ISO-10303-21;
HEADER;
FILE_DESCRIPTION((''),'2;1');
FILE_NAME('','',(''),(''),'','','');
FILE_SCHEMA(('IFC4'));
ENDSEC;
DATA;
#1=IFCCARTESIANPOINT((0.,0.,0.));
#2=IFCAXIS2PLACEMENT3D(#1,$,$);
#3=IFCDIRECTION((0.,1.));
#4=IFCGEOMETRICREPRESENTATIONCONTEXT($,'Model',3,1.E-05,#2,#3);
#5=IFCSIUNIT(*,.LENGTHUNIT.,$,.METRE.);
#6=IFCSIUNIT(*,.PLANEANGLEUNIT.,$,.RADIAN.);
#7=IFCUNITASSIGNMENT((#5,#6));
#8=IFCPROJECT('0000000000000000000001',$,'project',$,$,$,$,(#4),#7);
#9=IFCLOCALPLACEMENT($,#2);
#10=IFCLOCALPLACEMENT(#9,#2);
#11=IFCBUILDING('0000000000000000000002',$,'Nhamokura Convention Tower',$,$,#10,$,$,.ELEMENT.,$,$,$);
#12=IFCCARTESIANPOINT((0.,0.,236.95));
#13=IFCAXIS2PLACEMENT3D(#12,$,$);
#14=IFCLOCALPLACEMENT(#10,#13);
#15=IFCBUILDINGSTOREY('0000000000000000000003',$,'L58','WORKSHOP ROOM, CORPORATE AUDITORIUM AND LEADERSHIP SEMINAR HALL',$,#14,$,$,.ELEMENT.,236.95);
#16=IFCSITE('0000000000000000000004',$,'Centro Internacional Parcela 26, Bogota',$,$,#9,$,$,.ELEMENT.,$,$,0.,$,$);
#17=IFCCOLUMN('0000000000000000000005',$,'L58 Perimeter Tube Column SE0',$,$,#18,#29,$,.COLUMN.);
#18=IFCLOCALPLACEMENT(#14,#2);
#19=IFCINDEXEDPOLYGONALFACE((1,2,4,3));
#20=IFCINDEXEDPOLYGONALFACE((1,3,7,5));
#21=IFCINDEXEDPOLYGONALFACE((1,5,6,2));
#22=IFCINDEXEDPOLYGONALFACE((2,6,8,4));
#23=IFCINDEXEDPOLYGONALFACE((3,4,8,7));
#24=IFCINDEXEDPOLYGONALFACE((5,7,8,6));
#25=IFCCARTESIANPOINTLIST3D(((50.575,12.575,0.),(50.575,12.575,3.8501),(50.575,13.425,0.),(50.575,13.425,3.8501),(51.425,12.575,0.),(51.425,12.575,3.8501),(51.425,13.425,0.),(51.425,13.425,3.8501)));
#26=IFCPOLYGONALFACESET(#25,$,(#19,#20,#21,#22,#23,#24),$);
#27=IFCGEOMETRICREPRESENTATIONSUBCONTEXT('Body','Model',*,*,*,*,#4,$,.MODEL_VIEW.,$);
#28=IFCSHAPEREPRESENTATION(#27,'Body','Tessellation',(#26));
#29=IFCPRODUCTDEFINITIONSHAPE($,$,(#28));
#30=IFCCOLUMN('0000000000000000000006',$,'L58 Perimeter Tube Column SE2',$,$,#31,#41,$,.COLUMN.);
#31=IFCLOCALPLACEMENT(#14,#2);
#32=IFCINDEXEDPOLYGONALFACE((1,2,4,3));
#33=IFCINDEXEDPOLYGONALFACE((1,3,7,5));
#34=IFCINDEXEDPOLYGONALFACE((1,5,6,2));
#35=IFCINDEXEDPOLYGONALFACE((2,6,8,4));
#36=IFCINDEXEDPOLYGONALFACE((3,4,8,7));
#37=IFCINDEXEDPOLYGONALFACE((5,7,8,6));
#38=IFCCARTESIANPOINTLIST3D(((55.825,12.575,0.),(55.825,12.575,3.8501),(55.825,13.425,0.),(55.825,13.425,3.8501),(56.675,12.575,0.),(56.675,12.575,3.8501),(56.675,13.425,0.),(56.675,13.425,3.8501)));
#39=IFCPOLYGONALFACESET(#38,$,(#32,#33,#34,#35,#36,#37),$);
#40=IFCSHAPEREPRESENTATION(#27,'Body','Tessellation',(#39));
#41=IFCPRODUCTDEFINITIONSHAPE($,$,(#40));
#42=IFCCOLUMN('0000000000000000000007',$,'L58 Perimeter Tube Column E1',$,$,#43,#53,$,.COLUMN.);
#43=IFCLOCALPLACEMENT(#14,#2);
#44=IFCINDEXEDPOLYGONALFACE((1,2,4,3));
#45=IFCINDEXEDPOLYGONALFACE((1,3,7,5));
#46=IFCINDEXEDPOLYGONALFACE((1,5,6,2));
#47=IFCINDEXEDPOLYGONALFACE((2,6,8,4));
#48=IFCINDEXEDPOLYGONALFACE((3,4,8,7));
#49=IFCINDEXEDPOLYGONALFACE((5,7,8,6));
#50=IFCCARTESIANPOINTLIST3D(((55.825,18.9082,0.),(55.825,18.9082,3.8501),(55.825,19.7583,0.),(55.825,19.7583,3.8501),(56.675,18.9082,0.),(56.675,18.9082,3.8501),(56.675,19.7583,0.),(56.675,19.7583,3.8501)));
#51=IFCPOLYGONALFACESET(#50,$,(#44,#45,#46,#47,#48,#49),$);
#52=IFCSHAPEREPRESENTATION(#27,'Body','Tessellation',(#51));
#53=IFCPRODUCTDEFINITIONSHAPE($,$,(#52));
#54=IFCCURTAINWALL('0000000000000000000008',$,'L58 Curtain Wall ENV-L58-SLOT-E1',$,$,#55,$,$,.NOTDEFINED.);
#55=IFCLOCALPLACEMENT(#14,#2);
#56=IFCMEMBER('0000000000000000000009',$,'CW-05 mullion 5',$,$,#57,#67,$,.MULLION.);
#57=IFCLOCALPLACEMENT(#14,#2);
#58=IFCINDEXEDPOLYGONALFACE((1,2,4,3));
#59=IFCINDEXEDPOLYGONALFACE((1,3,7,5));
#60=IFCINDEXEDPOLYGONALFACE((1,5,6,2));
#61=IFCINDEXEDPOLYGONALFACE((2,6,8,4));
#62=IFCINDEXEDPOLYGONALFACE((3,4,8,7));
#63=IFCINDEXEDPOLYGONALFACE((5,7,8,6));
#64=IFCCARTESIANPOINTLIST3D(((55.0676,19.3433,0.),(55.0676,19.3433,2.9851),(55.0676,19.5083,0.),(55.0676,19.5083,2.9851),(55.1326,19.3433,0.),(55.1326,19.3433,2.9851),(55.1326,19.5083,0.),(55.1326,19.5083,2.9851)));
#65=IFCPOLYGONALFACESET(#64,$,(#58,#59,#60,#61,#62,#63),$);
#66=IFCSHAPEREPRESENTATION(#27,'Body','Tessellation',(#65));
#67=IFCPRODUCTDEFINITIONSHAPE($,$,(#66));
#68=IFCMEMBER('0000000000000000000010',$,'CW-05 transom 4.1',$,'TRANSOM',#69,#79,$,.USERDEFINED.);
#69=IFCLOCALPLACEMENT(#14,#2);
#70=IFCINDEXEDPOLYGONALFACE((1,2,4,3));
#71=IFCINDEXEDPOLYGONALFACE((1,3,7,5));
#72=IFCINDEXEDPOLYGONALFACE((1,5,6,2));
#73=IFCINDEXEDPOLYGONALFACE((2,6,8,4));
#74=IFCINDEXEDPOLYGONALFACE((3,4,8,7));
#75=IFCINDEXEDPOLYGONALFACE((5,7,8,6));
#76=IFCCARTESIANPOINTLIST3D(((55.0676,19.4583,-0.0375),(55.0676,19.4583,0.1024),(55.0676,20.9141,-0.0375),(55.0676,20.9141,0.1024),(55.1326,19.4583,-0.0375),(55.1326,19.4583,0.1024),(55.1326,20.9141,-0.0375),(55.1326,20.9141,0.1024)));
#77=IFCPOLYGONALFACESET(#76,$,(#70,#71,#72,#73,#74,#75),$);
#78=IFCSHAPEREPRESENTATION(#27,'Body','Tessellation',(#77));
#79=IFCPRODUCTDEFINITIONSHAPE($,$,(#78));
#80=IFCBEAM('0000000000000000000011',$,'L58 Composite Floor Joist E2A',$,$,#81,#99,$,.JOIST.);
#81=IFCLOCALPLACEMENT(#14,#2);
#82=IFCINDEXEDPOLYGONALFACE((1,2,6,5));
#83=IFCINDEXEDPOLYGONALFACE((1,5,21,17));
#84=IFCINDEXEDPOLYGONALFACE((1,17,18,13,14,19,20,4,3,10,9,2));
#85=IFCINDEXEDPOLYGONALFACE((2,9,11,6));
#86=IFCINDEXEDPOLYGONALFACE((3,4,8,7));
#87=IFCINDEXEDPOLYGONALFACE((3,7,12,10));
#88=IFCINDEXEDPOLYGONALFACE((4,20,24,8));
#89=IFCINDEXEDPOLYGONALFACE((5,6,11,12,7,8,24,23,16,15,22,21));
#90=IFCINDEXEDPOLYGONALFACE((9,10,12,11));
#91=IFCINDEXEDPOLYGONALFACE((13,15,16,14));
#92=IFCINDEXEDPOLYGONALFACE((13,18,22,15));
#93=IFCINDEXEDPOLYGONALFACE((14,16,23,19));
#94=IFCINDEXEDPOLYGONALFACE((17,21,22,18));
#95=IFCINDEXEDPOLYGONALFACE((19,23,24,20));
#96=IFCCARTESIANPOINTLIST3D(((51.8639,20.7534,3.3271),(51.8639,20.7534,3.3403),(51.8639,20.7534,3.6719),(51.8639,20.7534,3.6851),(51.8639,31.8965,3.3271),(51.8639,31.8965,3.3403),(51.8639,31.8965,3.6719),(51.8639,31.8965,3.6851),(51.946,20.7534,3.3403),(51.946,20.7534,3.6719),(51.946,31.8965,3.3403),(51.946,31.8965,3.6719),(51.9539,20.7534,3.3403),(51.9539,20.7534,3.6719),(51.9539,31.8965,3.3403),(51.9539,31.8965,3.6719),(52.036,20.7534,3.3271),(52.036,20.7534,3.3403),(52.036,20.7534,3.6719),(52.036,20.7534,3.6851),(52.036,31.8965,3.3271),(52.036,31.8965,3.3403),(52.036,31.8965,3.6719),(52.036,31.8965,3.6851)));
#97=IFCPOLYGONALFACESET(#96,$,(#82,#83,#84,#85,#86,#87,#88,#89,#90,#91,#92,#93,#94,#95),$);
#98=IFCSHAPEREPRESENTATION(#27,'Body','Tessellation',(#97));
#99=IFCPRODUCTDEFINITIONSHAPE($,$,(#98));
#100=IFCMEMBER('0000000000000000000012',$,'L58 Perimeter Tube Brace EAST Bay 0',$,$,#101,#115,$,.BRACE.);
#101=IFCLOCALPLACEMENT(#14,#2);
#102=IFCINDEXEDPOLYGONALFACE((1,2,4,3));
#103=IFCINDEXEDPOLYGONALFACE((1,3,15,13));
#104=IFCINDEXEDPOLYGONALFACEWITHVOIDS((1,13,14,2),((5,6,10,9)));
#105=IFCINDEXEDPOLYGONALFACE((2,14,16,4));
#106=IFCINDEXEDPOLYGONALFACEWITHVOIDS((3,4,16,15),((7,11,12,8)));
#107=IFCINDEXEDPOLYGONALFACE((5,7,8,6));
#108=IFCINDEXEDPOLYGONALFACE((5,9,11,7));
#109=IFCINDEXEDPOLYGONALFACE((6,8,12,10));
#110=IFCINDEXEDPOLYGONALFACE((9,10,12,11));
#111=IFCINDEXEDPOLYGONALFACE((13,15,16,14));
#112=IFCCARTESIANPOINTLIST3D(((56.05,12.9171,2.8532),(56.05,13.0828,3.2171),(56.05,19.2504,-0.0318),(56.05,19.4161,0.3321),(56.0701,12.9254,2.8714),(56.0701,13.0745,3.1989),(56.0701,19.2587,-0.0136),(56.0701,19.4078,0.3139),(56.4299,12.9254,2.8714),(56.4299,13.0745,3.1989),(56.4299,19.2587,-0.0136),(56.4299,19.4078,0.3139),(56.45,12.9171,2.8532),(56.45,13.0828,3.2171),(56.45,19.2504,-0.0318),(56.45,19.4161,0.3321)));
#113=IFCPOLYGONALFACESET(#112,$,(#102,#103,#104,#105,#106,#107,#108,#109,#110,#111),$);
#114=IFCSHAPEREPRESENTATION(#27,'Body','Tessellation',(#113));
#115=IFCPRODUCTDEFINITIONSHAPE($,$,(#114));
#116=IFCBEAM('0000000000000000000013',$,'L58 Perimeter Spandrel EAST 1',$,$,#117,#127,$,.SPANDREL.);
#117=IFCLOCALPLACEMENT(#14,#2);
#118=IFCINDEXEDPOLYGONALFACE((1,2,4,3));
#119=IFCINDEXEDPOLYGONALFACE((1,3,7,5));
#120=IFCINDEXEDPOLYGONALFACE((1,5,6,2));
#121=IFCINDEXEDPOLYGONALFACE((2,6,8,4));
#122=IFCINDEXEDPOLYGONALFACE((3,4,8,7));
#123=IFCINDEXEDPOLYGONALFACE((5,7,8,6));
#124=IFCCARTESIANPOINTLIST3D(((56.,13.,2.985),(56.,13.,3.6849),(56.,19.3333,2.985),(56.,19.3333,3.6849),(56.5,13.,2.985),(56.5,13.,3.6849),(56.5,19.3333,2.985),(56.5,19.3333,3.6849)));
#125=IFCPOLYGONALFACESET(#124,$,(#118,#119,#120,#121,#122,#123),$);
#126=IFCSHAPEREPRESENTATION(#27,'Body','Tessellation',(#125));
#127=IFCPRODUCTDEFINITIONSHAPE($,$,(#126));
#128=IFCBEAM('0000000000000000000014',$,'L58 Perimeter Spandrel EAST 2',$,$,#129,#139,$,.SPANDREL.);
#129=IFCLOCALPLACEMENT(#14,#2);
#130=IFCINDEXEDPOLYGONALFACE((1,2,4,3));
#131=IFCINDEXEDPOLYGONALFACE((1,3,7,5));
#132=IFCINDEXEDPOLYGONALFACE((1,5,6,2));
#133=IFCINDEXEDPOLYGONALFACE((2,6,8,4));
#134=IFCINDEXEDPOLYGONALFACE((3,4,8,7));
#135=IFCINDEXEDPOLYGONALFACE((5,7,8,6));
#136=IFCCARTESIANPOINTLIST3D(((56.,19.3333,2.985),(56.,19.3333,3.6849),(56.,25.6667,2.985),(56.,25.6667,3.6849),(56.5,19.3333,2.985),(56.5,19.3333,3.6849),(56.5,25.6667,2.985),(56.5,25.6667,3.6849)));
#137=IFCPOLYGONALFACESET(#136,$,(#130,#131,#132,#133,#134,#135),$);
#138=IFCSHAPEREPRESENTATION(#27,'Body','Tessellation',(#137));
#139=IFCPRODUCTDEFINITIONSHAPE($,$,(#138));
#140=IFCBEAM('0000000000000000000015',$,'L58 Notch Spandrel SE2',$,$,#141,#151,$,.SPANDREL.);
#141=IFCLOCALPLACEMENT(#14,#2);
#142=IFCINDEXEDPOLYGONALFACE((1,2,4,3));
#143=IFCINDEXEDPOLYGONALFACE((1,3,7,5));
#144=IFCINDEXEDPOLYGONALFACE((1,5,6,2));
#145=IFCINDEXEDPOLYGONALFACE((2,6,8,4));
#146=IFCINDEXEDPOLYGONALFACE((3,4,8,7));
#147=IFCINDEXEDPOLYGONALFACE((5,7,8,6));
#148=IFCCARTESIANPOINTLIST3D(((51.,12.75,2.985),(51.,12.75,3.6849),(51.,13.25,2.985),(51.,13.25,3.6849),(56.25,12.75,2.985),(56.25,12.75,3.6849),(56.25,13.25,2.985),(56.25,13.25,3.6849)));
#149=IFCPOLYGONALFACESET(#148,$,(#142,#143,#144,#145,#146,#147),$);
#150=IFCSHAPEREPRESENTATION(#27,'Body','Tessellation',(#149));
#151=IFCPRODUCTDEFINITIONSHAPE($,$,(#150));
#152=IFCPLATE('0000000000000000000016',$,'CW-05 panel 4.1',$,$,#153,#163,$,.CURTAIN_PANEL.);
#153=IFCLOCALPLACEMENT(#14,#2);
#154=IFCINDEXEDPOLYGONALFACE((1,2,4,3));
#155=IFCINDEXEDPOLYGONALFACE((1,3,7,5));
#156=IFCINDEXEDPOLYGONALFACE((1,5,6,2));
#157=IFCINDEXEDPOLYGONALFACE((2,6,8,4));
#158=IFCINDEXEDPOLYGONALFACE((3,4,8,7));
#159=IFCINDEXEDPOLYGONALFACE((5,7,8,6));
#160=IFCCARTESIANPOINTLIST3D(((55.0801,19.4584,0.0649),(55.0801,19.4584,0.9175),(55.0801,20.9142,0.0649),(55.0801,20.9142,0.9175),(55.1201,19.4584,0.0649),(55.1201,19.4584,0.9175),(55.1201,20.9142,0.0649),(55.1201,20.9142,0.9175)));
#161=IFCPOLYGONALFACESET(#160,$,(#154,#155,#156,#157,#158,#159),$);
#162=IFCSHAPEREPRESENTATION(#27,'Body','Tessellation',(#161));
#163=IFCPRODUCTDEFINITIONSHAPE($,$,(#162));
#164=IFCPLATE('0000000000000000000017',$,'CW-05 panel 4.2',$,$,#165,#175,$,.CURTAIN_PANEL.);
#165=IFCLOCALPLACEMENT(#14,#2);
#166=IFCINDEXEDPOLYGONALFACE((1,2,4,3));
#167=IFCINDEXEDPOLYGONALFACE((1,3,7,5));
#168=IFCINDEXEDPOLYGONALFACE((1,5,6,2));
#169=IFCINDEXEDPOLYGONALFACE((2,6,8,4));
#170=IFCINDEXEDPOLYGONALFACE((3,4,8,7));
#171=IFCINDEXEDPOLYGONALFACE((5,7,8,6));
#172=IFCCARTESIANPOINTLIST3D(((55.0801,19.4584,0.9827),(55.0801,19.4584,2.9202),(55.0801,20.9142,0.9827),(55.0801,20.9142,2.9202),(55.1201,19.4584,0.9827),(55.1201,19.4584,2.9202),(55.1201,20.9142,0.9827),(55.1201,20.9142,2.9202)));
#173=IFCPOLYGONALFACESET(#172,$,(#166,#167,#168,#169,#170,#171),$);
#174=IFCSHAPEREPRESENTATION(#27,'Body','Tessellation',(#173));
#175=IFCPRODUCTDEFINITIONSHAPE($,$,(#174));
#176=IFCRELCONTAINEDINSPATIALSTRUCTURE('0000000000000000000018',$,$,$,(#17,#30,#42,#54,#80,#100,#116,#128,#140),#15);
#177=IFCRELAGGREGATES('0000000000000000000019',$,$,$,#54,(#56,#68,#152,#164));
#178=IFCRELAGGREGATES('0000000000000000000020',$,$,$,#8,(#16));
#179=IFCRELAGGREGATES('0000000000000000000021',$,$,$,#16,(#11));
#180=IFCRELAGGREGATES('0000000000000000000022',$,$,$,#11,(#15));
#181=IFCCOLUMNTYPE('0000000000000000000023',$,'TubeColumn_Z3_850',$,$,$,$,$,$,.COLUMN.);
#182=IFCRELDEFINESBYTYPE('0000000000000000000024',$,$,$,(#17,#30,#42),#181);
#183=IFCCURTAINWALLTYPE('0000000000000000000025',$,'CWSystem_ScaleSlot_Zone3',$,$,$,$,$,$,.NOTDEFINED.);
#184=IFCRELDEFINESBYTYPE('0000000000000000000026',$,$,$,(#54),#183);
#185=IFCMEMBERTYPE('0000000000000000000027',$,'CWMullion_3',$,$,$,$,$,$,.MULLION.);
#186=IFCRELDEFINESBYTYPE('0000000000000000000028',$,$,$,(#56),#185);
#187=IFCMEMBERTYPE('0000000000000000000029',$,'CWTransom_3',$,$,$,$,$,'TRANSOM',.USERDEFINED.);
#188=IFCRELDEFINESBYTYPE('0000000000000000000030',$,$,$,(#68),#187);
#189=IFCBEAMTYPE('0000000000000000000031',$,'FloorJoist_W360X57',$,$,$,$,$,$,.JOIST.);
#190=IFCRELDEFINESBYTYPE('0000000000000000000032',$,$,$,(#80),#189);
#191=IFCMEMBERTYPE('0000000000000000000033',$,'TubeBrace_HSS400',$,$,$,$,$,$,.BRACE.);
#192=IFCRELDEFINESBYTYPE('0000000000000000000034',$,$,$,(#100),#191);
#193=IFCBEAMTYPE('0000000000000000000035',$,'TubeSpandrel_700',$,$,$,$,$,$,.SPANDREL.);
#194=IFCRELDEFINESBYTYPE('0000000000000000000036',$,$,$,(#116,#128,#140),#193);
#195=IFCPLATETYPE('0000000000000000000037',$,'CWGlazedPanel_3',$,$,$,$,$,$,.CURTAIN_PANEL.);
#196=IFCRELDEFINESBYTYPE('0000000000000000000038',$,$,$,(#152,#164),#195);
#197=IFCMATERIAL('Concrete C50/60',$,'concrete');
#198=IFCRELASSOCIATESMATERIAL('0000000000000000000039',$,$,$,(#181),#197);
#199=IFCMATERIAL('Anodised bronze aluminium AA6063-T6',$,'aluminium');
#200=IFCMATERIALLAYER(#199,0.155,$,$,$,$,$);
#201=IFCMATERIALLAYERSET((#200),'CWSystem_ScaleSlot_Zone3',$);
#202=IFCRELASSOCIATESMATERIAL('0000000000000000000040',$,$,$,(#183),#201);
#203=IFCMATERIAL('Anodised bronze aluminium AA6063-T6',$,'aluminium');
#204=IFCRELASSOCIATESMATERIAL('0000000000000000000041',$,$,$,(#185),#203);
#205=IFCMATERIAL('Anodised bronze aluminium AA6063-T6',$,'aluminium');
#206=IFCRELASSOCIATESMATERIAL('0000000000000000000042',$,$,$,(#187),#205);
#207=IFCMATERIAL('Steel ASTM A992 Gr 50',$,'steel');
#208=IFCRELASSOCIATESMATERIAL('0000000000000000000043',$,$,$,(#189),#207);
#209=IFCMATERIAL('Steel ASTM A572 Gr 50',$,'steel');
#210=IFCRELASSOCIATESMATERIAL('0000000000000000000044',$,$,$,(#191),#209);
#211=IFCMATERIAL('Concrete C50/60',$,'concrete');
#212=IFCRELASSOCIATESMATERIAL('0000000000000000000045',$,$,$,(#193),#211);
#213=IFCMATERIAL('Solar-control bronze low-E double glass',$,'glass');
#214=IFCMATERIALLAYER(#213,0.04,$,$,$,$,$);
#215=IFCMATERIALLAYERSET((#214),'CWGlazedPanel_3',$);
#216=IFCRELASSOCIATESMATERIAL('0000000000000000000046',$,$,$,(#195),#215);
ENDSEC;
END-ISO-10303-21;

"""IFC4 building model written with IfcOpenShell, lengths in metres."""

from ifc_helpers import new_model, si_unit, direction, frame, origin, origin_2d, place, context, subcontext, project, spatial, rectangle, hollow_rectangle, i_section, extrude, material, layer, layer_set, material_profile, profile_set, type_object, element, aggregate, save


model = new_model("IFC4")

# Units and contexts
model_context = context("Model", 3, precision=1e-05, world=origin(), true_north=direction((0.0, 1.0)))
body_context = subcontext(model_context, "Body", "Model", "MODEL_VIEW")
ifc_project = project(units=[si_unit("LENGTHUNIT", "METRE"), si_unit("PLANEANGLEUNIT", "RADIAN")], contexts=[model_context])

# Site, building, storey
site_placement = place(None, origin())
site = spatial("IfcSite", under=ifc_project, at=site_placement, Name="Centro Internacional Parcela 26, Bogota", CompositionType="ELEMENT", RefElevation=0.0)
building_placement = place(site_placement, origin())
building = spatial("IfcBuilding", under=site, at=building_placement, Name="Nhamokura Convention Tower", CompositionType="ELEMENT")
storey_placement = place(building_placement, frame((0.0, 0.0, 236.95)))
storey = spatial("IfcBuildingStorey", under=building, at=storey_placement, Name="L58", Description="WORKSHOP ROOM, CORPORATE AUDITORIUM AND LEADERSHIP SEMINAR HALL", CompositionType="ELEMENT", Elevation=236.95)

# Columns
ifc_material_1 = material(Name="Concrete C50/60", Category="concrete")
ifc_material_profile_1 = material_profile(ifc_material_1, rectangle(XDim=0.8501, YDim=0.8501, at=origin_2d()))
ifc_profile_set_1 = profile_set([ifc_material_profile_1], Name="Concrete C50/60")
column_type = type_object("IfcColumnType", Name="TubeColumn_Z3_850", PredefinedType="COLUMN", material=ifc_profile_set_1)
for number, where, z_axis, x_axis, name in (
    (1, (51.0, 13.0, 0.0), (0.0, 0.0, 1.0), (1.0, 0.0, 0.0), "L58 Perimeter Tube Column SE0"),
    (2, (56.25, 13.0, 0.0), (0.0, 0.0, 1.0), (1.0, 0.0, 0.0), "L58 Perimeter Tube Column SE2"),
    (3, (56.25, 19.3333, 0.0), (0.0, 0.0, 1.0), (1.0, 0.0, 0.0), "L58 Perimeter Tube Column E1"),
):
    element("IfcColumn", number, at=place(storey_placement, frame(where, z_axis=z_axis, x_axis=x_axis)), inside=storey, type_object=column_type, Name=name, PredefinedType="COLUMN", context=body_context, shape_type="SweptSolid", body=[
        extrude(rectangle(XDim=0.8501, YDim=0.8501, at=origin_2d()), origin(), (0.0, 0.0, 1.0), 3.8501),
    ])

# Curtain wall, members
ifc_material_2 = material(Name="Anodised bronze aluminium AA6063-T6", Category="aluminium")
ifc_layer_1 = layer(ifc_material_2, 0.155)
ifc_layer_set_1 = layer_set([ifc_layer_1], Name="CWSystem_ScaleSlot_Zone3")
curtain_wall_type = type_object("IfcCurtainWallType", Name="CWSystem_ScaleSlot_Zone3", PredefinedType="NOTDEFINED", material=ifc_layer_set_1)
curtain_wall_placement = place(storey_placement, origin())
curtain_wall = element("IfcCurtainWall", 4, at=curtain_wall_placement, inside=storey, type_object=curtain_wall_type, Name="L58 Curtain Wall ENV-L58-SLOT-E1", PredefinedType="NOTDEFINED")
ifc_material_3 = material(Name="Anodised bronze aluminium AA6063-T6", Category="aluminium")
ifc_material_profile_2 = material_profile(ifc_material_3, rectangle(XDim=0.0649, YDim=0.165, at=origin_2d()))
ifc_profile_set_2 = profile_set([ifc_material_profile_2], Name="Anodised bronze aluminium AA6063-T6")
member_type_1 = type_object("IfcMemberType", Name="CWMullion_3", PredefinedType="MULLION", material=ifc_profile_set_2)
member_1_placement = place(storey_placement, frame((55.1001, 19.4258, 0.0), z_axis=(0.0, 0.0, 1.0), x_axis=(1.0, 0.0, 0.0)))
member_1 = element("IfcMember", 5, at=member_1_placement, type_object=member_type_1, Name="CW-05 mullion 5", PredefinedType="MULLION", context=body_context, shape_type="SweptSolid", body=[
    extrude(rectangle(XDim=0.0649, YDim=0.165, at=origin_2d()), origin(), (0.0, 0.0, 1.0), 2.9851),
])
ifc_material_4 = material(Name="Anodised bronze aluminium AA6063-T6", Category="aluminium")
ifc_material_profile_3 = material_profile(ifc_material_4, rectangle(XDim=0.0649, YDim=0.1399, at=origin_2d()))
ifc_profile_set_3 = profile_set([ifc_material_profile_3], Name="Anodised bronze aluminium AA6063-T6")
member_type_2 = type_object("IfcMemberType", Name="CWTransom_3", ElementType="TRANSOM", PredefinedType="USERDEFINED", material=ifc_profile_set_3)
member_2_placement = place(storey_placement, frame((55.1001, 20.9141, 0.0325), z_axis=(0.0, -1.0, 0.0), x_axis=(1.0, 0.0, 0.0)))
member_2 = element("IfcMember", 6, at=member_2_placement, type_object=member_type_2, Name="CW-05 transom 4.1", ObjectType="TRANSOM", PredefinedType="USERDEFINED", context=body_context, shape_type="SweptSolid", body=[
    extrude(rectangle(XDim=0.0649, YDim=0.1399, at=origin_2d()), origin(), (0.0, 0.0, 1.0), 1.4558),
])

# Beam
ifc_material_5 = material(Name="Steel ASTM A992 Gr 50", Category="steel")
ifc_material_profile_4 = material_profile(ifc_material_5, i_section(OverallWidth=0.1721, OverallDepth=0.3579, WebThickness=0.0078, FlangeThickness=0.0132, at=origin_2d()))
ifc_profile_set_4 = profile_set([ifc_material_profile_4], Name="Steel ASTM A992 Gr 50")
beam_type_1 = type_object("IfcBeamType", Name="FloorJoist_W360X57", PredefinedType="JOIST", material=ifc_profile_set_4)
beam_1_placement = place(storey_placement, frame((51.95, 20.7534, 3.5061), z_axis=(0.0, 1.0, 0.0), x_axis=(-1.0, 0.0, 0.0)))
element("IfcBeam", 7, at=beam_1_placement, inside=storey, type_object=beam_type_1, Name="L58 Composite Floor Joist E2A", PredefinedType="JOIST", context=body_context, shape_type="SweptSolid", body=[
    extrude(i_section(OverallWidth=0.1721, OverallDepth=0.3579, WebThickness=0.0078, FlangeThickness=0.0132, at=origin_2d()), origin(), (0.0, 0.0, 1.0), 11.1431),
])

# Member
ifc_material_6 = material(Name="Steel ASTM A572 Gr 50", Category="steel")
ifc_material_profile_5 = material_profile(ifc_material_6, hollow_rectangle(XDim=0.3999, YDim=0.3999, WallThickness=0.02, at=origin_2d()))
ifc_profile_set_5 = profile_set([ifc_material_profile_5], Name="Steel ASTM A572 Gr 50")
member_type_3 = type_object("IfcMemberType", Name="TubeBrace_HSS400", PredefinedType="BRACE", material=ifc_profile_set_5)
member_3_placement = place(storey_placement, frame((56.25, 19.3333, 0.1501), z_axis=(0.0, -0.910027, 0.414548), x_axis=(1.0, 0.0, 0.0)))
element("IfcMember", 8, at=member_3_placement, inside=storey, type_object=member_type_3, Name="L58 Perimeter Tube Brace EAST Bay 0", PredefinedType="BRACE", context=body_context, shape_type="SweptSolid", body=[
    extrude(hollow_rectangle(XDim=0.3999, YDim=0.3999, WallThickness=0.02, at=origin_2d()), origin(), (0.0, 0.0, 1.0), 6.9595),
])

# Beams
ifc_material_7 = material(Name="Concrete C50/60", Category="concrete")
ifc_material_profile_6 = material_profile(ifc_material_7, rectangle(XDim=0.5, YDim=0.7, at=origin_2d()))
ifc_profile_set_6 = profile_set([ifc_material_profile_6], Name="Concrete C50/60")
beam_type_2 = type_object("IfcBeamType", Name="TubeSpandrel_700", PredefinedType="SPANDREL", material=ifc_profile_set_6)
beam_2_placement = place(storey_placement, frame((56.25, 13.0, 3.335), z_axis=(0.0, 1.0, 0.0), x_axis=(-1.0, 0.0, 0.0)))
element("IfcBeam", 9, at=beam_2_placement, inside=storey, type_object=beam_type_2, Name="L58 Perimeter Spandrel EAST 1", PredefinedType="SPANDREL", context=body_context, shape_type="SweptSolid", body=[
    extrude(rectangle(XDim=0.5, YDim=0.7, at=origin_2d()), origin(), (0.0, 0.0, 1.0), 6.3333),
])
beam_3_placement = place(storey_placement, frame((56.25, 19.3333, 3.335), z_axis=(0.0, 1.0, 0.0), x_axis=(-1.0, 0.0, 0.0)))
element("IfcBeam", 10, at=beam_3_placement, inside=storey, type_object=beam_type_2, Name="L58 Perimeter Spandrel EAST 2", PredefinedType="SPANDREL", context=body_context, shape_type="SweptSolid", body=[
    extrude(rectangle(XDim=0.5, YDim=0.7, at=origin_2d()), origin(), (0.0, 0.0, 1.0), 6.3335),
])
beam_4_placement = place(storey_placement, frame((51.0, 13.0, 3.335), z_axis=(1.0, 0.0, 0.0), x_axis=(0.0, 1.0, 0.0)))
element("IfcBeam", 11, at=beam_4_placement, inside=storey, type_object=beam_type_2, Name="L58 Notch Spandrel SE2", PredefinedType="SPANDREL", context=body_context, shape_type="SweptSolid", body=[
    extrude(rectangle(XDim=0.5, YDim=0.7, at=origin_2d()), origin(), (0.0, 0.0, 1.0), 5.25),
])

# Plates
ifc_material_8 = material(Name="Solar-control bronze low-E double glass", Category="glass")
ifc_layer_2 = layer(ifc_material_8, 0.04)
ifc_layer_set_2 = layer_set([ifc_layer_2], Name="CWGlazedPanel_3")
plate_type = type_object("IfcPlateType", Name="CWGlazedPanel_3", PredefinedType="CURTAIN_PANEL", material=ifc_layer_set_2)
plate_1_placement = place(storey_placement, frame((55.1001, 20.1863, 0.0649), z_axis=(0.0, 0.0, 1.0), x_axis=(0.0, -1.0, 0.0)))
plate_1 = element("IfcPlate", 12, at=plate_1_placement, type_object=plate_type, Name="CW-05 panel 4.1", PredefinedType="CURTAIN_PANEL", context=body_context, shape_type="SweptSolid", body=[
    extrude(rectangle(XDim=1.4558, YDim=0.04, at=origin_2d()), origin(), (0.0, 0.0, 1.0), 0.8525),
])
plate_2_placement = place(storey_placement, frame((55.1001, 20.1863, 0.9827), z_axis=(0.0, 0.0, 1.0), x_axis=(0.0, -1.0, 0.0)))
plate_2 = element("IfcPlate", 13, at=plate_2_placement, type_object=plate_type, Name="CW-05 panel 4.2", PredefinedType="CURTAIN_PANEL", context=body_context, shape_type="SweptSolid", body=[
    extrude(rectangle(XDim=1.4558, YDim=0.04, at=origin_2d()), origin(), (0.0, 0.0, 1.0), 1.9375),
])
aggregate(curtain_wall, [member_1, member_2, plate_1, plate_2])

save(model, "model.ifc")
